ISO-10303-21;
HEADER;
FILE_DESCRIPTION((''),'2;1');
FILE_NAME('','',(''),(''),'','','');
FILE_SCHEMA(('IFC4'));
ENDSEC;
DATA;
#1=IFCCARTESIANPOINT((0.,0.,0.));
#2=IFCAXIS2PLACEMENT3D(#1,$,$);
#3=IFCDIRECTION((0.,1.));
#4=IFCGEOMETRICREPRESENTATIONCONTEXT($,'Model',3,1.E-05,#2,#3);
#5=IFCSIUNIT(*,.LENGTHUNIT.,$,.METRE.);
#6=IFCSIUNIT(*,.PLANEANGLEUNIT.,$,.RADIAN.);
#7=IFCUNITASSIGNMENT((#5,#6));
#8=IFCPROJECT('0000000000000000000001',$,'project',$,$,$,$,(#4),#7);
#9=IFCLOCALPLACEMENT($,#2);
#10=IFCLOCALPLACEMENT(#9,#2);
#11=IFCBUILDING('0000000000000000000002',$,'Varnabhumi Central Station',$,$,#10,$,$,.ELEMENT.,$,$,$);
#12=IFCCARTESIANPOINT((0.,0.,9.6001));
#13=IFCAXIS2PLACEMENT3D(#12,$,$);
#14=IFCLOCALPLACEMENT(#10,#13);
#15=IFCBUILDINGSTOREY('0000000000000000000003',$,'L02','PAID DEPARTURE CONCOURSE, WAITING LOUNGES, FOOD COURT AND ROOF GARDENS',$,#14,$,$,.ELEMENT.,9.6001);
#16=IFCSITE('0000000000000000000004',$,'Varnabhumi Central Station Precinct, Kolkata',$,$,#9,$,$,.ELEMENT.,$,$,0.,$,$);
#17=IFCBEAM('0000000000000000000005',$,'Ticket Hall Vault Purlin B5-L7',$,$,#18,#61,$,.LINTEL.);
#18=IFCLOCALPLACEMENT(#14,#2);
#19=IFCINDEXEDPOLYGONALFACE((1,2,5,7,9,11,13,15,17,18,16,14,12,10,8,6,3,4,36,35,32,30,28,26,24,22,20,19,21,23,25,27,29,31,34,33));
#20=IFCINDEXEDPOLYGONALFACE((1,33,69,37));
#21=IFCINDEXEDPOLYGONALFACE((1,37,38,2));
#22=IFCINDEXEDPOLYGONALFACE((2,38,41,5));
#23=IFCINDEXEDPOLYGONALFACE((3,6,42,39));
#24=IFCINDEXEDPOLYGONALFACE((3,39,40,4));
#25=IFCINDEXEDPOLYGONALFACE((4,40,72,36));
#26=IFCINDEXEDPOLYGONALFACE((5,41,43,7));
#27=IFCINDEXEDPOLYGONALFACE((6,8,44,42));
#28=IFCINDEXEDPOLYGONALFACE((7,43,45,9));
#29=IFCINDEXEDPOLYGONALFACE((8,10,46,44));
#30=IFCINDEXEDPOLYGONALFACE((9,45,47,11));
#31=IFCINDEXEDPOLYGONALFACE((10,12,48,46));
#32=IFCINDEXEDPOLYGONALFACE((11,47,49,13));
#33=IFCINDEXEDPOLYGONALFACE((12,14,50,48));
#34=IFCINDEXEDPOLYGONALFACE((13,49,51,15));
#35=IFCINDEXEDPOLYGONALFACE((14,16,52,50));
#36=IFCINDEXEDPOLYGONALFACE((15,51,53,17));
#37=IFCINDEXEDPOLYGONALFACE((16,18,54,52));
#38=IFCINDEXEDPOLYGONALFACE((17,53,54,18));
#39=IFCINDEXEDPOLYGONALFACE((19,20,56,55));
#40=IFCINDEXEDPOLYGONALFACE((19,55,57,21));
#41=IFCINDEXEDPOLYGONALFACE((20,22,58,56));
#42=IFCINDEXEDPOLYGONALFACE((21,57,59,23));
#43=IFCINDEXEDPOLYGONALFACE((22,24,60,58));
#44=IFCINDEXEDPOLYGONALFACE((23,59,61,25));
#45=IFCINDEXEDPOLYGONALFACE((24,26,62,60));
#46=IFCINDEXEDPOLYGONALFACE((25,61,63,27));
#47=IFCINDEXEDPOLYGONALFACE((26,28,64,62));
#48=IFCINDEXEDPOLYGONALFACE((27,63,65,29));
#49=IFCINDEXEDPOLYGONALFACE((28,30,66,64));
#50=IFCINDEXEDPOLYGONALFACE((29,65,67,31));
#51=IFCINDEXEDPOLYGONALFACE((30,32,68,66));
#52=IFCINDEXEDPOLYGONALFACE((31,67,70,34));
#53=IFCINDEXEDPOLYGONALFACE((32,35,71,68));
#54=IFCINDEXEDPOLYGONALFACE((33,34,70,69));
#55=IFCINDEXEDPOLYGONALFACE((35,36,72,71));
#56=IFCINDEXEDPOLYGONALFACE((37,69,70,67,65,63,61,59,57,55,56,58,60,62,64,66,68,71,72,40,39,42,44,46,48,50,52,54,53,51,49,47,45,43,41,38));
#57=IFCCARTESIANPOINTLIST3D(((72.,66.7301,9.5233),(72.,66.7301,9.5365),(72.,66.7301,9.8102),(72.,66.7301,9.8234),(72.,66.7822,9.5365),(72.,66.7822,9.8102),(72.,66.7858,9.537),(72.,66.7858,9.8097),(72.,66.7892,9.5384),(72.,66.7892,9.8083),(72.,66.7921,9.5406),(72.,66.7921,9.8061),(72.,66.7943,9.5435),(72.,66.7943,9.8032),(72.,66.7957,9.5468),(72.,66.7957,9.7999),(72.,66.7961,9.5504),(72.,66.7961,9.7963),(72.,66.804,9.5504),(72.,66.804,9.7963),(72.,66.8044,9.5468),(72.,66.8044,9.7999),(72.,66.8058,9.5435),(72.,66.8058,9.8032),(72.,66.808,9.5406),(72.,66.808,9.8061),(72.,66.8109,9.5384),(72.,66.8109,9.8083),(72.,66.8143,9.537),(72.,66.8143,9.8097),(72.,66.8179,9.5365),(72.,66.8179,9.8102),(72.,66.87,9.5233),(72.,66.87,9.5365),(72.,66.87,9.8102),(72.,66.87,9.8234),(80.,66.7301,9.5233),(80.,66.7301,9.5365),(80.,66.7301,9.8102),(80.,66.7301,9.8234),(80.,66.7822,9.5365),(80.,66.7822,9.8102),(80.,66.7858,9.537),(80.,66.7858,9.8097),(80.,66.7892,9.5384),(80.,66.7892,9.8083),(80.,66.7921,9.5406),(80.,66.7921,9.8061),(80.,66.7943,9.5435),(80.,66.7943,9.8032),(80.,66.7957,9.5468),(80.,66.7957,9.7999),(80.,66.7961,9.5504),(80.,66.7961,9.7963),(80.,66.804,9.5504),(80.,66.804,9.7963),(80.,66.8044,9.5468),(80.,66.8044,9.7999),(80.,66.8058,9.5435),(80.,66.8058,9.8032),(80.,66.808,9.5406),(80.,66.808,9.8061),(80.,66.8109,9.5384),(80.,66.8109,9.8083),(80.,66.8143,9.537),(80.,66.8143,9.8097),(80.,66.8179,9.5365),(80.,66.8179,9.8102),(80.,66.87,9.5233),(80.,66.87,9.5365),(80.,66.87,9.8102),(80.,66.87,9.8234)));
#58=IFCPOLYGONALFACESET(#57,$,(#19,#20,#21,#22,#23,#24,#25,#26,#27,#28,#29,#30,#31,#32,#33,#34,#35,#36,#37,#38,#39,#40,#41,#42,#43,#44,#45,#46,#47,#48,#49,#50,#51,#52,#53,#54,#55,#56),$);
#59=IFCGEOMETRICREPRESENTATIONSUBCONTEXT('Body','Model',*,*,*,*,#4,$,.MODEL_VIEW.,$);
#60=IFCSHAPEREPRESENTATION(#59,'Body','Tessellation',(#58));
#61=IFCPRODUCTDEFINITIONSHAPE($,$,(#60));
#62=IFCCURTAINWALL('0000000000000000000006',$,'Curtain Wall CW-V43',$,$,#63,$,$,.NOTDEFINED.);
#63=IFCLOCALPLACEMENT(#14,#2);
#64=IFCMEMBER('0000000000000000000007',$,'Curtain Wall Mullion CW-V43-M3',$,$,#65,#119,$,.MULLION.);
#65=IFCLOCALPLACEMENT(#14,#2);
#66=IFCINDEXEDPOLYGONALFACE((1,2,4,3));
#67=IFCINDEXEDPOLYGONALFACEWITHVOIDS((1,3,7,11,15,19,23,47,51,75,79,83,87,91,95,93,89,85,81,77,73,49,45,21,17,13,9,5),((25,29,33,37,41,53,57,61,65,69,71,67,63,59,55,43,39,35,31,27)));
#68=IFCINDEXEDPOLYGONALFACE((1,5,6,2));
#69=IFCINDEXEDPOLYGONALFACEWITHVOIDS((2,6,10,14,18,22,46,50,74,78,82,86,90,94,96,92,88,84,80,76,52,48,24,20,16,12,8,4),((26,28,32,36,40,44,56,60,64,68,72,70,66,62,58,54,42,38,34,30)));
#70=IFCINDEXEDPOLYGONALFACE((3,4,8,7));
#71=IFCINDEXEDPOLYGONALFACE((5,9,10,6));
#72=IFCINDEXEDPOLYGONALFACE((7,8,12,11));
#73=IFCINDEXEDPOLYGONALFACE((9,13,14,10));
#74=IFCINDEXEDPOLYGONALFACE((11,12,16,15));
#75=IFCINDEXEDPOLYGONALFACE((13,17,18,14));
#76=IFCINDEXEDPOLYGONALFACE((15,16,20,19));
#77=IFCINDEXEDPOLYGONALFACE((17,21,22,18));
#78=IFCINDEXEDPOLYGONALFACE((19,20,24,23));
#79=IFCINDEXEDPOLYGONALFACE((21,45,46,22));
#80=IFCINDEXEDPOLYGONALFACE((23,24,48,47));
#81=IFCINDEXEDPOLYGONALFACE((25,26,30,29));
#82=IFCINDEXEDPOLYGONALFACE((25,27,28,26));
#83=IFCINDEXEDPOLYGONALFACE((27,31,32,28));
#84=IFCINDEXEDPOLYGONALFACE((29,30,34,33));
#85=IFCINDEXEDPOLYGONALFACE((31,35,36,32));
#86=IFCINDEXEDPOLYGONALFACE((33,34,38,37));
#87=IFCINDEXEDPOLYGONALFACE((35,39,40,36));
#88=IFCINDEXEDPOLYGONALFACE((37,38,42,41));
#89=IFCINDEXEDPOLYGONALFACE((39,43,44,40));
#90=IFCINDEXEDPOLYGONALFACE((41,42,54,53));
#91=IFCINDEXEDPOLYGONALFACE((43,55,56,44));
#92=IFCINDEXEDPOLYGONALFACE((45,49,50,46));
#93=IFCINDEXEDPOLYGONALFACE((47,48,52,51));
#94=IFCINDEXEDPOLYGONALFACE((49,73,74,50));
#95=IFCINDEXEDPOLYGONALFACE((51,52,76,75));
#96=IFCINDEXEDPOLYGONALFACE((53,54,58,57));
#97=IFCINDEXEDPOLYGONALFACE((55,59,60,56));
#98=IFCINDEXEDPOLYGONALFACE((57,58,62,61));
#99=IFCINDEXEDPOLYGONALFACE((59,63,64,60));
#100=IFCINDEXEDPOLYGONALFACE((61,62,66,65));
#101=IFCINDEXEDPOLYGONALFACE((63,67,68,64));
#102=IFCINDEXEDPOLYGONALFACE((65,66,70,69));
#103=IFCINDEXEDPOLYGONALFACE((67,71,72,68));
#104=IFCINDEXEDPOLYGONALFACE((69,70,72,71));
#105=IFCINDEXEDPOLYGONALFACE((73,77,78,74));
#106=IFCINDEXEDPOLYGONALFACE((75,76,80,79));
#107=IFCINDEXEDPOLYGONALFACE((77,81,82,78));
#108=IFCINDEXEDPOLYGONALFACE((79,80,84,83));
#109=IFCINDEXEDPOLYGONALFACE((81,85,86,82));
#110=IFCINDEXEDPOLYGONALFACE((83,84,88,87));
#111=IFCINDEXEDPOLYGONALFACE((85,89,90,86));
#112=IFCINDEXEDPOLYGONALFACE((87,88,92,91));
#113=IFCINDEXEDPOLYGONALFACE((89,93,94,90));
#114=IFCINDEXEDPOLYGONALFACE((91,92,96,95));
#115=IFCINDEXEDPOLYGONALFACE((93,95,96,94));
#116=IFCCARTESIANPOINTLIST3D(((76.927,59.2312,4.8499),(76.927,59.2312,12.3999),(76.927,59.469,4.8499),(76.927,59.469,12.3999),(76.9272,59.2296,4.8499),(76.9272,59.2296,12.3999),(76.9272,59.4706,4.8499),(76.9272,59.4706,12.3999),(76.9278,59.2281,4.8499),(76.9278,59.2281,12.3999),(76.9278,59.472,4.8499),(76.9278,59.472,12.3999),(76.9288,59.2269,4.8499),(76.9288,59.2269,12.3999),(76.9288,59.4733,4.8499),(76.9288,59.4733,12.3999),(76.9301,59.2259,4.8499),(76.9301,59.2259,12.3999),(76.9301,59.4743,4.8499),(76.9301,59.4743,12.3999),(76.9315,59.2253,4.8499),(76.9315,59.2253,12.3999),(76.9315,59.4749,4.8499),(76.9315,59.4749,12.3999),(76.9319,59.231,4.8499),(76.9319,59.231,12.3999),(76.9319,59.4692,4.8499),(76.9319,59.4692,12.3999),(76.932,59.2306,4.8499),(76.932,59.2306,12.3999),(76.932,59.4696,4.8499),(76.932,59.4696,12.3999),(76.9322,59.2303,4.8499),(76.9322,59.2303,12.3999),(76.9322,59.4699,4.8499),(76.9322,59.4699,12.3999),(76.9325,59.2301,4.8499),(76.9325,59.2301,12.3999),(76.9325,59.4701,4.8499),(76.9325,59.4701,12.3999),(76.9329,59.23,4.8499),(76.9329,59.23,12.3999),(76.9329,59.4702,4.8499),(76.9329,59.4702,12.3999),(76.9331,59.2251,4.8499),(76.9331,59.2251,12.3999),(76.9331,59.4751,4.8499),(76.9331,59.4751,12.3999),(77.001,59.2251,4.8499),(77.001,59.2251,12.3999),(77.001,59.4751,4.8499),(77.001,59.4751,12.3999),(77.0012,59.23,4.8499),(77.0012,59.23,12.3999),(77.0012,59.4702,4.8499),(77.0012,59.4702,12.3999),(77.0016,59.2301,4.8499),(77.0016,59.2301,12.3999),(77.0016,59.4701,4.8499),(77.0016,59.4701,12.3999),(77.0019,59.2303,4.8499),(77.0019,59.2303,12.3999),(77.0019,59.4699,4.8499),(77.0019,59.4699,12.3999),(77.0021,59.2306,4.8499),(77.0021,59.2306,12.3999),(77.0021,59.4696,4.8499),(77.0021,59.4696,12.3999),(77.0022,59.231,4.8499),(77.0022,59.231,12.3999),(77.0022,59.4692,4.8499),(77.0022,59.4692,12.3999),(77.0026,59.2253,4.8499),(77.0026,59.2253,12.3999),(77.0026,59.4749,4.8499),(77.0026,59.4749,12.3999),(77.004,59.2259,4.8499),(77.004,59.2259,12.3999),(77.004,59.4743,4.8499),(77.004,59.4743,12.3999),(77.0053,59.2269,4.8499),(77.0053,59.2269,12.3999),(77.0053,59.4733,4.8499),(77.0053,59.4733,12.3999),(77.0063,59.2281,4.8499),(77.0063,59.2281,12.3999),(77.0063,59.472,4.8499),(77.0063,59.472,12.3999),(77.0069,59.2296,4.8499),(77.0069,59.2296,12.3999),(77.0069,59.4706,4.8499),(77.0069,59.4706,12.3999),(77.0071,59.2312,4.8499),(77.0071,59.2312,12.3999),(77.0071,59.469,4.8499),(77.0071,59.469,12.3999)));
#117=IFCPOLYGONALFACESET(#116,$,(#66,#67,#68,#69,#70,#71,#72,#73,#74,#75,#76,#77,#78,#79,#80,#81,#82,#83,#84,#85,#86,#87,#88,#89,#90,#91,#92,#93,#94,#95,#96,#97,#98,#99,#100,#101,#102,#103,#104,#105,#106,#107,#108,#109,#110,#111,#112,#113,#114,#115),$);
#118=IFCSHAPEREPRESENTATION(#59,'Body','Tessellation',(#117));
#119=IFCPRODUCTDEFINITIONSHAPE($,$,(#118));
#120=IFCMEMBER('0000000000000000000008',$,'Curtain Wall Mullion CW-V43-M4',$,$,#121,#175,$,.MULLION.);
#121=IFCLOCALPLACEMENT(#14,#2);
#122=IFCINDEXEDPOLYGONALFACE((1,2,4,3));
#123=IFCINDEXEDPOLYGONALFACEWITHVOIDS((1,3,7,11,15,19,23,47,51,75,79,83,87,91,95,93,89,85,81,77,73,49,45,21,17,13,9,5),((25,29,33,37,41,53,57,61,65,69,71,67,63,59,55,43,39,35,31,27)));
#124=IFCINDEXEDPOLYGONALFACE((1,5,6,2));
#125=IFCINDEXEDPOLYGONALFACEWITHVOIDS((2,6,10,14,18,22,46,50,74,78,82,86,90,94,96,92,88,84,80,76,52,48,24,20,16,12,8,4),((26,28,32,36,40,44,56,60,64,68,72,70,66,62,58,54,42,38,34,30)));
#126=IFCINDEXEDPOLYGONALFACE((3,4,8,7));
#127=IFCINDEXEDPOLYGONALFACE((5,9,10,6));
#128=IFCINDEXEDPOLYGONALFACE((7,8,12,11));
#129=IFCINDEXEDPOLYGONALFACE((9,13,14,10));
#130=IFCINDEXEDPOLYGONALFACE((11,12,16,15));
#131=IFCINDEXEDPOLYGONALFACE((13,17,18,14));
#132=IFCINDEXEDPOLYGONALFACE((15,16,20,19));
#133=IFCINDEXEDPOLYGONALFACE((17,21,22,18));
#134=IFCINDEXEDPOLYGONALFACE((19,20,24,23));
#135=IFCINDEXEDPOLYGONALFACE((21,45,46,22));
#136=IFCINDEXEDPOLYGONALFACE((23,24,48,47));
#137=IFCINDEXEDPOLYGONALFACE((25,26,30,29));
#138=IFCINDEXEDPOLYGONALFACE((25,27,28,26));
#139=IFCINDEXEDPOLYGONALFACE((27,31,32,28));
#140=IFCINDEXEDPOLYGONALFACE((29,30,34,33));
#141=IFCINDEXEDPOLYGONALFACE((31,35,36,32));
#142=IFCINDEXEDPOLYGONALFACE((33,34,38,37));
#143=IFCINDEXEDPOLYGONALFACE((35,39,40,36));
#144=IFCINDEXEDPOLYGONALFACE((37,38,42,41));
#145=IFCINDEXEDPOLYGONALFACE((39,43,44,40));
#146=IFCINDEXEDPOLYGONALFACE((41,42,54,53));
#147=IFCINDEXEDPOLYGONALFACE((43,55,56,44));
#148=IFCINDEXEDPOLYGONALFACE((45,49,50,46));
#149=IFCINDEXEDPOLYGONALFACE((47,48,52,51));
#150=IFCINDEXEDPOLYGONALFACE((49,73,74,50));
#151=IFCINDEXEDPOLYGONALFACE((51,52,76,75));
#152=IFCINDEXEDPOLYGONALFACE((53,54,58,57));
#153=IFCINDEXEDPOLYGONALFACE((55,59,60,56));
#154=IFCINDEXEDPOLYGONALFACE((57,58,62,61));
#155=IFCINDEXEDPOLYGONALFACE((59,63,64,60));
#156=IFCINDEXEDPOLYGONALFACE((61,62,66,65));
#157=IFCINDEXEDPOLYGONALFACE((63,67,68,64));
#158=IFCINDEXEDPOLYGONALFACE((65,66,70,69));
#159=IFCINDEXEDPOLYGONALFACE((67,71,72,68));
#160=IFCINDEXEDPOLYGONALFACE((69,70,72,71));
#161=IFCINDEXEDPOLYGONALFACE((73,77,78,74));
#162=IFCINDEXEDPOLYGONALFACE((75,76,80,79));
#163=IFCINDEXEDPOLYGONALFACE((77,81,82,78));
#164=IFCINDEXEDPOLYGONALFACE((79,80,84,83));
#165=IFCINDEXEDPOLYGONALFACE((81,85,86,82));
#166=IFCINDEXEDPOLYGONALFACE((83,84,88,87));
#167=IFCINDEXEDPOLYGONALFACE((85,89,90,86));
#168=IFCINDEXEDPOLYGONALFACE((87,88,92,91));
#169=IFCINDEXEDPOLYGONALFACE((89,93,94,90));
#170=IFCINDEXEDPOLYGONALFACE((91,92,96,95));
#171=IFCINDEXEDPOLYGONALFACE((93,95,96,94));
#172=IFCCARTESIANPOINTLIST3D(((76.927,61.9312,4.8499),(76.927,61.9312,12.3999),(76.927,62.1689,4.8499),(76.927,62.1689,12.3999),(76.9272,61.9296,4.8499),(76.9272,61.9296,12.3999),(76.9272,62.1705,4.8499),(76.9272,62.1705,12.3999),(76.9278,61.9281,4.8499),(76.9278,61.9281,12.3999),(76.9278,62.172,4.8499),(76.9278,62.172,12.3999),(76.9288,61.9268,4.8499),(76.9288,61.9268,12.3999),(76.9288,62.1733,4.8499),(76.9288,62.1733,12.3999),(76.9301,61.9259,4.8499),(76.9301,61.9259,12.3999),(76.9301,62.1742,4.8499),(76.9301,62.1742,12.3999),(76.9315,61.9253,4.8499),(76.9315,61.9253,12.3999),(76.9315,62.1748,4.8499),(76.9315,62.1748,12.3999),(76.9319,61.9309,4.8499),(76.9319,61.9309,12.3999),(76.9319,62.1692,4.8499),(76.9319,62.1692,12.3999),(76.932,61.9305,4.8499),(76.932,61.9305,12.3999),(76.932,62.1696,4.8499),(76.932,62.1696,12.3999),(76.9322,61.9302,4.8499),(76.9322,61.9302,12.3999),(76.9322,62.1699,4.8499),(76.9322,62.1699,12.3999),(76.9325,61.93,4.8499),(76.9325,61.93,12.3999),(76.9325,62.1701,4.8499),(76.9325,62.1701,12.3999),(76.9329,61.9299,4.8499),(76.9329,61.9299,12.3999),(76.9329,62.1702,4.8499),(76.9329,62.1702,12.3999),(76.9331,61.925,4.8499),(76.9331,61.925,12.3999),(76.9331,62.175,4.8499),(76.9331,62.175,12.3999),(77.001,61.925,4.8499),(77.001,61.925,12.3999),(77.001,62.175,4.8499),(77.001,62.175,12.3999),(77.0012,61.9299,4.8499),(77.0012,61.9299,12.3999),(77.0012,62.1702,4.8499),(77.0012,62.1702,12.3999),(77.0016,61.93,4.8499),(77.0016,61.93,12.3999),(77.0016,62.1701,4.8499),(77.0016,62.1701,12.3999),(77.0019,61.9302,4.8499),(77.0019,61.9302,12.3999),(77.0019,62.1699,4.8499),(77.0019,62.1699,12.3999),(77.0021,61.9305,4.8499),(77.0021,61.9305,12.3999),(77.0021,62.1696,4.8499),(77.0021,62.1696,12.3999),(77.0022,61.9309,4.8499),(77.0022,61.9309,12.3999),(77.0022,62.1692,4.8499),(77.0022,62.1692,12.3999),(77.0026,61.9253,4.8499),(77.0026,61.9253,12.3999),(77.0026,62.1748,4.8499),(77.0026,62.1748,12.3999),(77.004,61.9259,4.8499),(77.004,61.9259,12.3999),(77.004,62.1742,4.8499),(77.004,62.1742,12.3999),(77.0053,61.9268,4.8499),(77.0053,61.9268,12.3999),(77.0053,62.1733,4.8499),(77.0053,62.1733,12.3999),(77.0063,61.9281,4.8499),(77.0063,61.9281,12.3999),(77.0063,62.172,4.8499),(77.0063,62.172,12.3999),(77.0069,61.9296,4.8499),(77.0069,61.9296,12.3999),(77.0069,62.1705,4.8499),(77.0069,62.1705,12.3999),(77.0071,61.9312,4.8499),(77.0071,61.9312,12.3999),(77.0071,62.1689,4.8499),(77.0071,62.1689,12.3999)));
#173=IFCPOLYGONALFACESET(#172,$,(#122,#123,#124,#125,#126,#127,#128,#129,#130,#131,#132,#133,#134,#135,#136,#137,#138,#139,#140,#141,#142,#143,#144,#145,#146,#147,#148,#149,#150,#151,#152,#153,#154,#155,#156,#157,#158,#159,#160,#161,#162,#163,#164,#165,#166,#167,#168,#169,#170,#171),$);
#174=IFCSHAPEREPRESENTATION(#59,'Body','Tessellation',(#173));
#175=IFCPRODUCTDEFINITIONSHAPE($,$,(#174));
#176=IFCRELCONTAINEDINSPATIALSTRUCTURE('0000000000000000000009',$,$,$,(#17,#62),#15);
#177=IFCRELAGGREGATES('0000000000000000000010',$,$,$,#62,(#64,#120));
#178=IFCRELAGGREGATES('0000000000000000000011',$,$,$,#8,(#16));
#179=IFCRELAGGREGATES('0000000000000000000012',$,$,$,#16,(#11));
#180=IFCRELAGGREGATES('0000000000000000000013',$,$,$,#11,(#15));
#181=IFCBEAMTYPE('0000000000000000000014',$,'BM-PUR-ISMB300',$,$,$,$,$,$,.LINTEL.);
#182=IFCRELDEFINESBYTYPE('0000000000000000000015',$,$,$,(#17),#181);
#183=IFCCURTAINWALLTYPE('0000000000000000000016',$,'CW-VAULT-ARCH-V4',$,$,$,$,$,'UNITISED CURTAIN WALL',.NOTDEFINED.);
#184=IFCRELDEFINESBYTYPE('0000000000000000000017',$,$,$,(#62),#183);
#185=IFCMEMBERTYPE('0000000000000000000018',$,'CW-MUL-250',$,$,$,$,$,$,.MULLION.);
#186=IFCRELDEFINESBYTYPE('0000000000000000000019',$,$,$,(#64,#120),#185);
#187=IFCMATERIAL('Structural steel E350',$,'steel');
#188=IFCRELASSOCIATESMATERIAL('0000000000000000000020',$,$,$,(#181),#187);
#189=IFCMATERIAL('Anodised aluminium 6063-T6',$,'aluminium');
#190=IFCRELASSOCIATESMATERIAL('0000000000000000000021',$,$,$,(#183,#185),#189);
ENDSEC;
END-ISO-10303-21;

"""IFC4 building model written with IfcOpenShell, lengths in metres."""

from ifc_helpers import new_model, si_unit, direction, frame, origin, origin_2d, place, context, subcontext, project, spatial, hollow_rectangle, i_section, extrude, material, material_profile, profile_set, type_object, element, aggregate, save


model = new_model("IFC4")

# Units and contexts
model_context = context("Model", 3, precision=1e-05, world=origin(), true_north=direction((0.0, 1.0)))
body_context = subcontext(model_context, "Body", "Model", "MODEL_VIEW")
ifc_project = project(units=[si_unit("LENGTHUNIT", "METRE"), si_unit("PLANEANGLEUNIT", "RADIAN")], contexts=[model_context])

# Site, building, storey
site_placement = place(None, origin())
site = spatial("IfcSite", under=ifc_project, at=site_placement, Name="Varnabhumi Central Station Precinct, Kolkata", CompositionType="ELEMENT", RefElevation=0.0)
building_placement = place(site_placement, origin())
building = spatial("IfcBuilding", under=site, at=building_placement, Name="Varnabhumi Central Station", CompositionType="ELEMENT")
storey_placement = place(building_placement, frame((0.0, 0.0, 9.6001)))
storey = spatial("IfcBuildingStorey", under=building, at=storey_placement, Name="L02", Description="PAID DEPARTURE CONCOURSE, WAITING LOUNGES, FOOD COURT AND ROOF GARDENS", CompositionType="ELEMENT", Elevation=9.6001)

# Beam
ifc_material_1 = material(Name="Structural steel E350", Category="steel")
ifc_material_profile_1 = material_profile(ifc_material_1, i_section(OverallWidth=0.1399, OverallDepth=0.3, WebThickness=0.0078, FlangeThickness=0.0132, FilletRadius=0.0139, at=origin_2d()), Name="Structural steel E350", Category="steel")
ifc_profile_set_1 = profile_set([ifc_material_profile_1], Name="Structural steel E350")
beam_type_1 = type_object("IfcBeamType", Name="BM-PUR-ISMB300", PredefinedType="LINTEL", material=ifc_profile_set_1)
for number, where, z_axis, x_axis, name in (
    (1, (72.0, 66.8, 9.6733), (1.0, 0.0, 0.0), (0.0, 1.0, 0.0), "Ticket Hall Vault Purlin B5-L7"),
):
    element("IfcBeam", number, at=place(storey_placement, frame(where, z_axis=z_axis, x_axis=x_axis)), inside=storey, type_object=beam_type_1, Name=name, PredefinedType="LINTEL", context=body_context, shape_type="SweptSolid", body=[
        extrude(i_section(OverallWidth=0.1399, OverallDepth=0.3, WebThickness=0.0078, FlangeThickness=0.0132, FilletRadius=0.0139, at=origin_2d()), origin(), (0.0, 0.0, 1.0), 8.0),
    ])

# Curtain wall, members
ifc_material_2 = material(Name="Anodised aluminium 6063-T6", Category="aluminium")
curtain_wall_type = type_object("IfcCurtainWallType", Name="CW-VAULT-ARCH-V4", ElementType="UNITISED CURTAIN WALL", PredefinedType="NOTDEFINED", material=ifc_material_2)
curtain_wall_1_placement = place(storey_placement, origin())
curtain_wall_1 = element("IfcCurtainWall", 2, at=curtain_wall_1_placement, inside=storey, type_object=curtain_wall_type, Name="Curtain Wall CW-V43", PredefinedType="NOTDEFINED")
ifc_material_profile_2 = material_profile(ifc_material_2, hollow_rectangle(XDim=0.0801, YDim=0.25, WallThickness=0.0049, InnerFilletRadius=0.001, OuterFilletRadius=0.0061, at=origin_2d()), Name="Anodised aluminium 6063-T6", Category="aluminium")
ifc_profile_set_2 = profile_set([ifc_material_profile_2], Name="Anodised aluminium 6063-T6")
member_type_1 = type_object("IfcMemberType", Name="CW-MUL-250", PredefinedType="MULLION", material=ifc_profile_set_2)
member_1_placement = place(storey_placement, frame((76.967, 59.3501, 4.8499), z_axis=(0.0, 0.0, 1.0), x_axis=(1.0, 0.0, 0.0)))
member_1 = element("IfcMember", 3, at=member_1_placement, type_object=member_type_1, Name="Curtain Wall Mullion CW-V43-M3", PredefinedType="MULLION", context=body_context, shape_type="SweptSolid", body=[
    extrude(hollow_rectangle(XDim=0.0801, YDim=0.25, WallThickness=0.0049, InnerFilletRadius=0.001, OuterFilletRadius=0.0061, at=origin_2d()), origin(), (0.0, 0.0, 1.0), 7.55),
])
member_2_placement = place(storey_placement, frame((76.967, 62.05, 4.8499), z_axis=(0.0, 0.0, 1.0), x_axis=(1.0, 0.0, 0.0)))
member_2 = element("IfcMember", 4, at=member_2_placement, type_object=member_type_1, Name="Curtain Wall Mullion CW-V43-M4", PredefinedType="MULLION", context=body_context, shape_type="SweptSolid", body=[
    extrude(hollow_rectangle(XDim=0.0801, YDim=0.25, WallThickness=0.0049, InnerFilletRadius=0.001, OuterFilletRadius=0.0061, at=origin_2d()), origin(), (0.0, 0.0, 1.0), 7.55),
])

aggregate(curtain_wall_1, [member_1, member_2])

save(model, "model.ifc")
